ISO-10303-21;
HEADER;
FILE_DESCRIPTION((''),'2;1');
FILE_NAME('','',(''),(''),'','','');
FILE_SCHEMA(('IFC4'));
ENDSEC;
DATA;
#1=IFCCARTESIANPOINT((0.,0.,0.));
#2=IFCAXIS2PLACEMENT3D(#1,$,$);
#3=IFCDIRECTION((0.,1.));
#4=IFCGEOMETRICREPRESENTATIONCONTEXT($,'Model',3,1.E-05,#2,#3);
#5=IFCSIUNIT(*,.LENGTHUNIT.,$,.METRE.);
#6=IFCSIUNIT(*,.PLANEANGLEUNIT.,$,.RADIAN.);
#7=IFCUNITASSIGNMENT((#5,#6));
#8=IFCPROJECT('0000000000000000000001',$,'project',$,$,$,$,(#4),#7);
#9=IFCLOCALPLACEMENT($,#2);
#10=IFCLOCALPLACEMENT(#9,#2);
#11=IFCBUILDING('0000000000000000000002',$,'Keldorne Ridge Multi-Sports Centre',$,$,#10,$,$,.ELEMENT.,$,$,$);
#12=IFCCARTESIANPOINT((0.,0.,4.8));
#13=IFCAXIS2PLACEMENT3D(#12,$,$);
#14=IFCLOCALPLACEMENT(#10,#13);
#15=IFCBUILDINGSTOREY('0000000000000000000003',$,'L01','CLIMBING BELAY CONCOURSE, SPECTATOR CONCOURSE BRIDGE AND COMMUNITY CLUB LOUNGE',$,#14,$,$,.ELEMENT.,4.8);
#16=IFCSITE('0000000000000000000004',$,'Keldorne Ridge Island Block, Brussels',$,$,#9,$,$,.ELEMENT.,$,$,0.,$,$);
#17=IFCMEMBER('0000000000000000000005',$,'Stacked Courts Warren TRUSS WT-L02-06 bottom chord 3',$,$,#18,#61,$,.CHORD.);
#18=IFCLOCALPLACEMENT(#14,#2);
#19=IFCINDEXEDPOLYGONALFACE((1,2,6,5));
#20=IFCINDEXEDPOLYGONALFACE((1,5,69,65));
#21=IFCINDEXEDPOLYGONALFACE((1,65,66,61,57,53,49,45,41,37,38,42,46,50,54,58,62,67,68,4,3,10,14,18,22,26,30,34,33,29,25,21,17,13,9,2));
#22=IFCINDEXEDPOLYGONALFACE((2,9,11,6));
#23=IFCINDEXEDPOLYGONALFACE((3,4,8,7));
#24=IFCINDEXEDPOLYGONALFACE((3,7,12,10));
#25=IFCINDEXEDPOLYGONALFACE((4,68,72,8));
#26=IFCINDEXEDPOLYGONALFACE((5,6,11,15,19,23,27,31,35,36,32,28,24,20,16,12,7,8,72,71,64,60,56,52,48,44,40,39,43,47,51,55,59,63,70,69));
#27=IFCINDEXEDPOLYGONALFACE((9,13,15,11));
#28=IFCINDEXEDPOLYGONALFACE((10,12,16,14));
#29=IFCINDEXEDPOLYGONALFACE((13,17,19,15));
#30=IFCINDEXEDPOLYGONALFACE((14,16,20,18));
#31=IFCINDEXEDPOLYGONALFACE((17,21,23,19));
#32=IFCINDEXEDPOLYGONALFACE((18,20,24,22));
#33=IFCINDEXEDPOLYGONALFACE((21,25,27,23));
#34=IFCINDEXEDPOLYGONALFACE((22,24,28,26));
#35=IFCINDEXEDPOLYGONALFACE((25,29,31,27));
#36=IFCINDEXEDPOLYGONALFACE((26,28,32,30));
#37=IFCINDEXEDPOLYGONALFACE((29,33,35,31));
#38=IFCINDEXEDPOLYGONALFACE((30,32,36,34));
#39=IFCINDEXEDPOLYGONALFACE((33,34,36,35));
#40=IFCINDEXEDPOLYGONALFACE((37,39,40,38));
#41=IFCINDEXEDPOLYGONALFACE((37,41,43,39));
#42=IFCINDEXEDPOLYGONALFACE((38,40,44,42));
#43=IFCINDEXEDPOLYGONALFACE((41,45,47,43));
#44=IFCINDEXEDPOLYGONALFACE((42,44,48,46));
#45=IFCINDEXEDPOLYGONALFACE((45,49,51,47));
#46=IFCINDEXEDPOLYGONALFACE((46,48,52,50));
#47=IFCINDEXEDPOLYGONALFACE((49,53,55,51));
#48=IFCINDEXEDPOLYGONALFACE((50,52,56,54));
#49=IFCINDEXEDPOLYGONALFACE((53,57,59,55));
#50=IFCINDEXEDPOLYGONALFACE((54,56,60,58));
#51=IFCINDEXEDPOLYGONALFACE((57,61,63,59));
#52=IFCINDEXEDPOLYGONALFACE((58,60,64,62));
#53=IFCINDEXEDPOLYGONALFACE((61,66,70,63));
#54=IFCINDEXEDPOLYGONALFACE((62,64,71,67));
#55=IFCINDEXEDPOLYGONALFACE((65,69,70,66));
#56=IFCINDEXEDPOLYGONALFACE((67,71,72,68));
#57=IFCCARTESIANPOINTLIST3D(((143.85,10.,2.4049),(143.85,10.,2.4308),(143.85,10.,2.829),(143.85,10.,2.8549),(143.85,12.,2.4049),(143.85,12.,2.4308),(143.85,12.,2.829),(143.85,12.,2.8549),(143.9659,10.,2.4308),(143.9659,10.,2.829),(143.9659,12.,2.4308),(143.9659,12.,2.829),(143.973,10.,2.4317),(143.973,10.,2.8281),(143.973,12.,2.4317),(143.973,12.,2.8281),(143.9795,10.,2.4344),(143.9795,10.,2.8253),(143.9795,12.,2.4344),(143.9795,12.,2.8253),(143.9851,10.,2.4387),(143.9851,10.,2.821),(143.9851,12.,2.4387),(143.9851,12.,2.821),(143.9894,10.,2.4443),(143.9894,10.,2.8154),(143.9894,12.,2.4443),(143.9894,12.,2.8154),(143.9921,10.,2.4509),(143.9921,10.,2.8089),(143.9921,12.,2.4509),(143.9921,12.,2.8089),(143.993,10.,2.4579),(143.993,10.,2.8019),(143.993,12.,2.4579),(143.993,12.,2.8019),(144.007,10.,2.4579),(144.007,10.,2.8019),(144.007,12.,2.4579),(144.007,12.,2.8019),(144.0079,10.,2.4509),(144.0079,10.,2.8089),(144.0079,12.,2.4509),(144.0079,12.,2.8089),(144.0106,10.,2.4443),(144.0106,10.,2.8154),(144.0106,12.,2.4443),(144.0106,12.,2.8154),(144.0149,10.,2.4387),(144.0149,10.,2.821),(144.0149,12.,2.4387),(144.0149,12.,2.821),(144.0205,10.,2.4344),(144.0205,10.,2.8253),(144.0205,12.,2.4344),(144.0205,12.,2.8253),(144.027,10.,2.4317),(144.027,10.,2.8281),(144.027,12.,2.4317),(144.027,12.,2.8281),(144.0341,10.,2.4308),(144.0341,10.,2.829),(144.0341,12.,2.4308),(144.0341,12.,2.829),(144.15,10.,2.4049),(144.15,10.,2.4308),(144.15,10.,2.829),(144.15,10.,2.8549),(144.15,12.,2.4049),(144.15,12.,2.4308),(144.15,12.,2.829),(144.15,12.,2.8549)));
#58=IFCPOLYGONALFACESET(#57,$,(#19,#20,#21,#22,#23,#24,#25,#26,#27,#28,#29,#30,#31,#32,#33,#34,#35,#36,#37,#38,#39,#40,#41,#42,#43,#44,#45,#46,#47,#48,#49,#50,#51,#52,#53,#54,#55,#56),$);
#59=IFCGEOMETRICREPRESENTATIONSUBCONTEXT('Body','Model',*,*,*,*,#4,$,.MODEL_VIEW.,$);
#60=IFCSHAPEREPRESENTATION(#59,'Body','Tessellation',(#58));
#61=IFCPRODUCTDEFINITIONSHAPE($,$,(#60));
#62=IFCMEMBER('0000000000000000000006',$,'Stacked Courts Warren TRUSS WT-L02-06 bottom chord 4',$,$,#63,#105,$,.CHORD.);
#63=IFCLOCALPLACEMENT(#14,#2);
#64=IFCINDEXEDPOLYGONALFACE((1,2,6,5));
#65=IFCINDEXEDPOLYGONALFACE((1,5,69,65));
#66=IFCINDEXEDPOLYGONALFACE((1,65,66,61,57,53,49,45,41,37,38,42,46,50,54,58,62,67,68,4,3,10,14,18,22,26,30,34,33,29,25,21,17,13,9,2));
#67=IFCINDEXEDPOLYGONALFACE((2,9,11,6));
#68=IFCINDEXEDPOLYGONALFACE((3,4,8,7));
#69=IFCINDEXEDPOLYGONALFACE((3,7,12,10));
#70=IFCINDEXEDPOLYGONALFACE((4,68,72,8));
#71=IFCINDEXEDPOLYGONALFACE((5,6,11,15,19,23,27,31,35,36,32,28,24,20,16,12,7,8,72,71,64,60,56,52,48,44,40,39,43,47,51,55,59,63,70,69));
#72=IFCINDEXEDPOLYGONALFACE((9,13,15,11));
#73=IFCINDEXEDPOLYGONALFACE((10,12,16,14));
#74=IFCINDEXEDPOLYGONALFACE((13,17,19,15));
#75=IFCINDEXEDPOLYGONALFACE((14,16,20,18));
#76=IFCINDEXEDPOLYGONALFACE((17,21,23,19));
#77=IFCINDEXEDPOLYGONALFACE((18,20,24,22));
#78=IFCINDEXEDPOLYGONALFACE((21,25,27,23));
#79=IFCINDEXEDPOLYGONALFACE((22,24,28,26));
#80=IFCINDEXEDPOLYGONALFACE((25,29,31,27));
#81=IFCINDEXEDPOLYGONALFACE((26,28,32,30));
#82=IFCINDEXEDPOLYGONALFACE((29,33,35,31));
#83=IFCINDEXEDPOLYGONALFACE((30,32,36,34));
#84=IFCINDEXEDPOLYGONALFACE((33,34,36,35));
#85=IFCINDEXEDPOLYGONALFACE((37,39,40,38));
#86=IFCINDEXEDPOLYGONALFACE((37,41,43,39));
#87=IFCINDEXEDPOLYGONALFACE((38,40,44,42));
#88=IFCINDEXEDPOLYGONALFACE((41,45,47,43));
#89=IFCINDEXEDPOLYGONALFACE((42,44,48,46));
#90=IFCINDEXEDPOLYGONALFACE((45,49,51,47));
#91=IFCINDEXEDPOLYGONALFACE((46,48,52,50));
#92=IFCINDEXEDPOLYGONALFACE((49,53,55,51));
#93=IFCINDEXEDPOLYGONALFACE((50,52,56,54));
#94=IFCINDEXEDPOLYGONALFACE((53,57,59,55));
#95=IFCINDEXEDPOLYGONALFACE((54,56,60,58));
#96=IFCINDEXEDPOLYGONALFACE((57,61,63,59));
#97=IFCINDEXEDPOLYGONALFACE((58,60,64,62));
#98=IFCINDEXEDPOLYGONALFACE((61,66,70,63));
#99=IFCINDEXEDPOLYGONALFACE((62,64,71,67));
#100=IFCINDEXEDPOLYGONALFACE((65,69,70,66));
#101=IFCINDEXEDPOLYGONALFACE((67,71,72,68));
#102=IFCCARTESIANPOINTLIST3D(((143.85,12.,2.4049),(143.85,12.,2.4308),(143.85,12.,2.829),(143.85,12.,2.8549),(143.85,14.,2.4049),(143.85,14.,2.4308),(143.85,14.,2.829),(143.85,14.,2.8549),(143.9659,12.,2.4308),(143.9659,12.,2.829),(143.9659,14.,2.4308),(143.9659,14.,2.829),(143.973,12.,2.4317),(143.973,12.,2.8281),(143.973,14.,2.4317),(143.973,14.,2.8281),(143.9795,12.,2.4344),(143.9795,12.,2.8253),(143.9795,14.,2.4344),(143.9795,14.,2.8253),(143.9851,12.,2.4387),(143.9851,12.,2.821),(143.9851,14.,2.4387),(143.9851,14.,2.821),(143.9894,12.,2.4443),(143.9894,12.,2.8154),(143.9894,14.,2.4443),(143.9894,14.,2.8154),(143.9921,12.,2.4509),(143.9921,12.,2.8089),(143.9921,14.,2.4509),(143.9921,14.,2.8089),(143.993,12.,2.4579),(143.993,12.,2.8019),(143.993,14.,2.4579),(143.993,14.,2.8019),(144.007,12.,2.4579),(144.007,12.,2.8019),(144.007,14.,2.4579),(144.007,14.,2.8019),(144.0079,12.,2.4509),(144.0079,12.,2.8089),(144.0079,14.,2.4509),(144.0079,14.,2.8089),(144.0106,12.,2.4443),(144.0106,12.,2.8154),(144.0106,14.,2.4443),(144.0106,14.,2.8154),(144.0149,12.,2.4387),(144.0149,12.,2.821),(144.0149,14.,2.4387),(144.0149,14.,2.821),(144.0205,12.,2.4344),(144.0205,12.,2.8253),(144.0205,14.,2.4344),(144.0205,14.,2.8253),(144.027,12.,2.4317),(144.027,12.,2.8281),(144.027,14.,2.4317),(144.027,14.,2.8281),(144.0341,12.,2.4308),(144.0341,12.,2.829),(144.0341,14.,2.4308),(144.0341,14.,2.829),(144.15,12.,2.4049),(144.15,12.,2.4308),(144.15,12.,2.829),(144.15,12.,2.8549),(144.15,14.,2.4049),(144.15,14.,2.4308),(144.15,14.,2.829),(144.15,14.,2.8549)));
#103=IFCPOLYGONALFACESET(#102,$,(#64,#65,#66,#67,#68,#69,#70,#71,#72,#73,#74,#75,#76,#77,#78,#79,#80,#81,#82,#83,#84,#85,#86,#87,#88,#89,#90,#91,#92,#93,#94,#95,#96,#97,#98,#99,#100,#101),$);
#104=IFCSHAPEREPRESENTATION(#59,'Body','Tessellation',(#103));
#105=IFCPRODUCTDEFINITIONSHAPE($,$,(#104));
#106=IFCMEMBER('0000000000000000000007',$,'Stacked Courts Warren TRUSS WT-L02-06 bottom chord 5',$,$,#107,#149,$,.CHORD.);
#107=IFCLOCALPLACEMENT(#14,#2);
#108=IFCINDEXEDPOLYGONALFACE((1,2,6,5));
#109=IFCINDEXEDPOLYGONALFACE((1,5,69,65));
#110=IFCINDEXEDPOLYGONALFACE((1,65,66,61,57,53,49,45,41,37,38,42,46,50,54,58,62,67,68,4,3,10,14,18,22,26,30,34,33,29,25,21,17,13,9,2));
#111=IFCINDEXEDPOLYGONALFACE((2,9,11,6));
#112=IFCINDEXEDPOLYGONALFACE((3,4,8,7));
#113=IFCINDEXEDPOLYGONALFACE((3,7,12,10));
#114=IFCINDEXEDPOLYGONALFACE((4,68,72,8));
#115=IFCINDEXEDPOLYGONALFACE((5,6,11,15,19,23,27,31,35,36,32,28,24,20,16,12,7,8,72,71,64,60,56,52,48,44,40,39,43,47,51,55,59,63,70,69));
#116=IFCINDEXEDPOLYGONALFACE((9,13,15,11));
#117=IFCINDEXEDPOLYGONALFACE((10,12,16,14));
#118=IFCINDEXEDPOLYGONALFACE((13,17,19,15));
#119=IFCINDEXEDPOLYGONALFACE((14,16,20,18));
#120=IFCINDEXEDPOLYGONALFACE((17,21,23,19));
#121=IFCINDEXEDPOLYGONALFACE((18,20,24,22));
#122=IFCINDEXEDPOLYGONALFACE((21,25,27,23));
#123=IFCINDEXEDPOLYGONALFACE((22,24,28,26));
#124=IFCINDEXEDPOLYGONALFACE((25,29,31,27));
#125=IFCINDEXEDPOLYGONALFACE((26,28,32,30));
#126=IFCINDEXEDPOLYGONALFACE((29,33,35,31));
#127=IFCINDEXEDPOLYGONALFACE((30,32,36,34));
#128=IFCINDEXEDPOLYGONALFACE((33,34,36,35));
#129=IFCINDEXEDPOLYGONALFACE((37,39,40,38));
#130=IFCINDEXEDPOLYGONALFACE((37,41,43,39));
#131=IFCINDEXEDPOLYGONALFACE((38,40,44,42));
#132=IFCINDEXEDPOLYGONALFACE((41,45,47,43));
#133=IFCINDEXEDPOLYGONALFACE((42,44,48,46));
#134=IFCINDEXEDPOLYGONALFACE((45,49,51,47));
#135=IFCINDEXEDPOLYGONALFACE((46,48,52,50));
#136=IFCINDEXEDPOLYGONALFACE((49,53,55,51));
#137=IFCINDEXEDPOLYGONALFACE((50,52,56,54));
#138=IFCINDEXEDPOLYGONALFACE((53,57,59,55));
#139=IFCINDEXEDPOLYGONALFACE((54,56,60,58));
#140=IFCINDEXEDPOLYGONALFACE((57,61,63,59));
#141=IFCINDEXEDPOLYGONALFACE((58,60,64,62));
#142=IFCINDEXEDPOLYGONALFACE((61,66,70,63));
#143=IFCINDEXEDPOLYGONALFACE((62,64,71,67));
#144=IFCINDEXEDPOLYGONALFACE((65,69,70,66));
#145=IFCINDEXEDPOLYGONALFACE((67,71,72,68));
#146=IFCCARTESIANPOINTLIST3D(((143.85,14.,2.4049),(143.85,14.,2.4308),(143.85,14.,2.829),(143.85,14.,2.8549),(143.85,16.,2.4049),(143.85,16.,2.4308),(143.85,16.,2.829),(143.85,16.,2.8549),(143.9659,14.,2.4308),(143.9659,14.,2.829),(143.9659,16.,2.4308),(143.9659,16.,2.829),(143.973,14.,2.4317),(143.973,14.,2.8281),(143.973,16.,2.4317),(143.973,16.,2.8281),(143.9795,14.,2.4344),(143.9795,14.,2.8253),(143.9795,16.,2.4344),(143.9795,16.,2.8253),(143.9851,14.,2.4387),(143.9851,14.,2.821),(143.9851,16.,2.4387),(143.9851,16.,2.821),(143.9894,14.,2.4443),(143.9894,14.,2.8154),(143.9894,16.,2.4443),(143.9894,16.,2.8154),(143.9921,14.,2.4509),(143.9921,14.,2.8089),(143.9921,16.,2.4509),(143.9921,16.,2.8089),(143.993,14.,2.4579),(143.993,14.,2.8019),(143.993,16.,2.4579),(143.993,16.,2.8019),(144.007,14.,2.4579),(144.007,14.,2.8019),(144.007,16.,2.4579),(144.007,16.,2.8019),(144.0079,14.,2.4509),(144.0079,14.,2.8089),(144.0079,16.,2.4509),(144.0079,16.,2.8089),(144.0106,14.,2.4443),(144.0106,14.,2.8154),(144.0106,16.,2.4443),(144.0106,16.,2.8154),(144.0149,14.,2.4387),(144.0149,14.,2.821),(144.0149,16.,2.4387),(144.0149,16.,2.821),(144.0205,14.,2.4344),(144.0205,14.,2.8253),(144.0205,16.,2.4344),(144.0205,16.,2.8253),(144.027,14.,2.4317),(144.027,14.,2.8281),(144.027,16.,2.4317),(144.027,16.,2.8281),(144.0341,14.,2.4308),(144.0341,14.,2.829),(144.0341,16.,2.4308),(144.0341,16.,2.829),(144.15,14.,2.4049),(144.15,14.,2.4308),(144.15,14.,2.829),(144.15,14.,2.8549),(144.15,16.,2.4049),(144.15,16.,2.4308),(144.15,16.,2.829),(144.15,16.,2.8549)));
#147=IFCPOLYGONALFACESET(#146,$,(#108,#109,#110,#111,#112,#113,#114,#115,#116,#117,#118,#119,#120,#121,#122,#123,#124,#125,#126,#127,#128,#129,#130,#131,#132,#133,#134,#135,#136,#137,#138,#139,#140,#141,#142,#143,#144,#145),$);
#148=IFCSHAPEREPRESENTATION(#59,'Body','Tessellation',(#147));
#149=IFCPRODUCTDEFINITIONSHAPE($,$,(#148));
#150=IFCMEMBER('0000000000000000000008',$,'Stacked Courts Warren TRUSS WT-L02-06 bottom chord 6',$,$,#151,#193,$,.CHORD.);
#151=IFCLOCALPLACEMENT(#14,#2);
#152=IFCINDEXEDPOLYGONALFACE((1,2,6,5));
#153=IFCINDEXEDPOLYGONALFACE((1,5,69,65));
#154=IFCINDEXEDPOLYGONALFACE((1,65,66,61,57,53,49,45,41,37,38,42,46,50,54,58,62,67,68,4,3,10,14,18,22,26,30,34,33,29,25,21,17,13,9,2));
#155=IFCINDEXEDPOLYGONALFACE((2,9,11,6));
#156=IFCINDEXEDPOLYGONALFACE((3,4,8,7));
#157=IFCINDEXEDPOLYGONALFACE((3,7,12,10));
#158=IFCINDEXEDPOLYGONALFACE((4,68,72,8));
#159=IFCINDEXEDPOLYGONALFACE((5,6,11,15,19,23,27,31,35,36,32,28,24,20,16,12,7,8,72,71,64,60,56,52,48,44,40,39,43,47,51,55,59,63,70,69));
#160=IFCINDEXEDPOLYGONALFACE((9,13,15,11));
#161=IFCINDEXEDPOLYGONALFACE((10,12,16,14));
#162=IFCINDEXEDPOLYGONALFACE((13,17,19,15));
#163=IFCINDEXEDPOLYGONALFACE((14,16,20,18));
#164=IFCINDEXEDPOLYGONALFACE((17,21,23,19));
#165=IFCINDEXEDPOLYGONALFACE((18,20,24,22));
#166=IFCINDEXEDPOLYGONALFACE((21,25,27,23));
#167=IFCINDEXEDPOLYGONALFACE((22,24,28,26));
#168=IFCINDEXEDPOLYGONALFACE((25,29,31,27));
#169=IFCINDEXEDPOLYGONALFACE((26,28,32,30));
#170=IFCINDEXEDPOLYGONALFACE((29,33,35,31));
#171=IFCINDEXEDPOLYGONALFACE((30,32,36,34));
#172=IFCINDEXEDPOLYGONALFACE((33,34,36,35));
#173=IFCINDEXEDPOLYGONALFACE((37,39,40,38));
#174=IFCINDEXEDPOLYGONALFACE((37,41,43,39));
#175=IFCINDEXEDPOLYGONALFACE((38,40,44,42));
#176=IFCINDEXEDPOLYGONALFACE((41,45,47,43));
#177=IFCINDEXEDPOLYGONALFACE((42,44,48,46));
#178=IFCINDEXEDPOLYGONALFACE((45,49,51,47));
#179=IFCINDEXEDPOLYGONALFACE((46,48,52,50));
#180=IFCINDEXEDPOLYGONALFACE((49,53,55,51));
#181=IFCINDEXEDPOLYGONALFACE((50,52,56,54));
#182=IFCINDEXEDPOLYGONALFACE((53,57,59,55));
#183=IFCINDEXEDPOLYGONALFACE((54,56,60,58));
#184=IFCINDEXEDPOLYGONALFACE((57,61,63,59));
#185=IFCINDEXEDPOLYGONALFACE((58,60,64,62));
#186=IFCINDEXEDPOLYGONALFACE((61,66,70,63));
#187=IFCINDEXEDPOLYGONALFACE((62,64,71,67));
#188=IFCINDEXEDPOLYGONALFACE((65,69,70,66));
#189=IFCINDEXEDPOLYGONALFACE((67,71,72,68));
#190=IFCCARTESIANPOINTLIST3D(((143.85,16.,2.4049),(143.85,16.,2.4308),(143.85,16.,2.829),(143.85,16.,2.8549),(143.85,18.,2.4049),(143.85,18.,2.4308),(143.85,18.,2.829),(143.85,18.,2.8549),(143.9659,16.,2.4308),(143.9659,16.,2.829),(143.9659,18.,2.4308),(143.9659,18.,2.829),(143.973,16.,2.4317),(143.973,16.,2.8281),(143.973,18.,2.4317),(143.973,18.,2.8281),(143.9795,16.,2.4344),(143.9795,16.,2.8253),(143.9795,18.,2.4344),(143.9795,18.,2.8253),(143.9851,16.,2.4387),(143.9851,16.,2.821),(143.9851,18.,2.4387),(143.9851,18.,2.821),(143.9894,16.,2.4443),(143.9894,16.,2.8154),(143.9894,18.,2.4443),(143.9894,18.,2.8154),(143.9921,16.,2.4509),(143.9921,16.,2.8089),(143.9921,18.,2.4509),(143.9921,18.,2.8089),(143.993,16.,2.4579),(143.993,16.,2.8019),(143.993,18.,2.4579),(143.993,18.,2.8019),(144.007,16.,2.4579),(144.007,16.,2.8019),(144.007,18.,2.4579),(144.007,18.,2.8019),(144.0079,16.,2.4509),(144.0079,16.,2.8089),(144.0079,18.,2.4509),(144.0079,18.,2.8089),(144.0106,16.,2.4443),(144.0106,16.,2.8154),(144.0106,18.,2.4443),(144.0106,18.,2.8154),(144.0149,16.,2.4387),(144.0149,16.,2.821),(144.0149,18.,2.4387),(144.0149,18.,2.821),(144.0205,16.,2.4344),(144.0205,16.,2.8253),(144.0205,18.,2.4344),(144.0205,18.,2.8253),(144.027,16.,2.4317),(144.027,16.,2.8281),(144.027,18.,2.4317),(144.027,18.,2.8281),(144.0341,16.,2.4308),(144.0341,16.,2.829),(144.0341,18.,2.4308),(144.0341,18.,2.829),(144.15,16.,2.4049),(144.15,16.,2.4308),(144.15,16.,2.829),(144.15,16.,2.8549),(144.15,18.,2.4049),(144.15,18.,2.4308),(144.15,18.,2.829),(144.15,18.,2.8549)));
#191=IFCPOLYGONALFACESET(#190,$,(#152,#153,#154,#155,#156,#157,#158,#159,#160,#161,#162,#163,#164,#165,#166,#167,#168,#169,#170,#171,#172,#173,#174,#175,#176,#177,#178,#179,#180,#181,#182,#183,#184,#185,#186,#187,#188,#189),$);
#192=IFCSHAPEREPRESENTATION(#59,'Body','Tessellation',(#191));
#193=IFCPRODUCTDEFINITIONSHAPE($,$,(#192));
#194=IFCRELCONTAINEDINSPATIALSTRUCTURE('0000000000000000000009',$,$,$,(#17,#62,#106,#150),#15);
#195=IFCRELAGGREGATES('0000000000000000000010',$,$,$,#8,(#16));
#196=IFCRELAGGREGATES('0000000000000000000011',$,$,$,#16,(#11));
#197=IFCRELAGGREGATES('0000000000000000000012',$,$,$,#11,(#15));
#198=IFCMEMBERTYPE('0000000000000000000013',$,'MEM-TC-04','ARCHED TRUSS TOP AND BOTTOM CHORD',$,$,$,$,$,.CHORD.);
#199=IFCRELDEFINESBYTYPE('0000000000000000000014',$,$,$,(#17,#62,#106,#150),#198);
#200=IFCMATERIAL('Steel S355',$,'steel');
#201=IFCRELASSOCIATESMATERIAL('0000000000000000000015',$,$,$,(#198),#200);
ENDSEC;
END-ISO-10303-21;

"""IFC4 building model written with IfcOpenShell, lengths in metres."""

from ifc_helpers import new_model, si_unit, direction, frame, origin, origin_2d, place, context, subcontext, project, spatial, i_section, extrude, material, material_profile, profile_set, type_object, element, save


model = new_model("IFC4")

# Units and contexts
model_context = context("Model", 3, precision=1e-05, world=origin(), true_north=direction((0.0, 1.0)))
body_context = subcontext(model_context, "Body", "Model", "MODEL_VIEW")
ifc_project = project(units=[si_unit("LENGTHUNIT", "METRE"), si_unit("PLANEANGLEUNIT", "RADIAN")], contexts=[model_context])

# Site, building, storey
site_placement = place(None, origin())
site = spatial("IfcSite", under=ifc_project, at=site_placement, Name="Keldorne Ridge Island Block, Brussels", CompositionType="ELEMENT", RefElevation=0.0)
building_placement = place(site_placement, origin())
building = spatial("IfcBuilding", under=site, at=building_placement, Name="Keldorne Ridge Multi-Sports Centre", CompositionType="ELEMENT")
storey_placement = place(building_placement, frame((0.0, 0.0, 4.8)))
storey = spatial("IfcBuildingStorey", under=building, at=storey_placement, Name="L01", Description="CLIMBING BELAY CONCOURSE, SPECTATOR CONCOURSE BRIDGE AND COMMUNITY CLUB LOUNGE", CompositionType="ELEMENT", Elevation=4.8)

# Shared definitions
ifc_material_1 = material(Name="Steel S355", Category="steel")

# Members
ifc_material_profile_1 = material_profile(ifc_material_1, i_section(OverallWidth=0.3, OverallDepth=0.45, WebThickness=0.0139, FlangeThickness=0.0259, FilletRadius=0.0271, at=origin_2d()), Name="HEB 450")
ifc_profile_set_1 = profile_set([ifc_material_profile_1], Name="Steel S355")
member_type_1 = type_object("IfcMemberType", Name="MEM-TC-04", Description="ARCHED TRUSS TOP AND BOTTOM CHORD", PredefinedType="CHORD", material=ifc_profile_set_1)
for number, where, z_axis, x_axis, name in (
    (1, (144.0, 10.0, 2.6299), (0.0, 1.0, 0.0), (-1.0, 0.0, 0.0), "Stacked Courts Warren TRUSS WT-L02-06 bottom chord 3"),
    (2, (144.0, 12.0, 2.6299), (0.0, 1.0, 0.0), (-1.0, 0.0, 0.0), "Stacked Courts Warren TRUSS WT-L02-06 bottom chord 4"),
    (3, (144.0, 14.0, 2.6299), (0.0, 1.0, 0.0), (-1.0, 0.0, 0.0), "Stacked Courts Warren TRUSS WT-L02-06 bottom chord 5"),
    (4, (144.0, 16.0, 2.6299), (0.0, 1.0, 0.0), (-1.0, 0.0, 0.0), "Stacked Courts Warren TRUSS WT-L02-06 bottom chord 6"),
):
    element("IfcMember", number, at=place(storey_placement, frame(where, z_axis=z_axis, x_axis=x_axis)), inside=storey, type_object=member_type_1, Name=name, PredefinedType="CHORD", context=body_context, shape_type="SweptSolid", body=[
        extrude(i_section(OverallWidth=0.3, OverallDepth=0.45, WebThickness=0.0139, FlangeThickness=0.0259, FilletRadius=0.0271, at=origin_2d()), origin(), (0.0, 0.0, 1.0), 2.0),
    ])

save(model, "model.ifc")
